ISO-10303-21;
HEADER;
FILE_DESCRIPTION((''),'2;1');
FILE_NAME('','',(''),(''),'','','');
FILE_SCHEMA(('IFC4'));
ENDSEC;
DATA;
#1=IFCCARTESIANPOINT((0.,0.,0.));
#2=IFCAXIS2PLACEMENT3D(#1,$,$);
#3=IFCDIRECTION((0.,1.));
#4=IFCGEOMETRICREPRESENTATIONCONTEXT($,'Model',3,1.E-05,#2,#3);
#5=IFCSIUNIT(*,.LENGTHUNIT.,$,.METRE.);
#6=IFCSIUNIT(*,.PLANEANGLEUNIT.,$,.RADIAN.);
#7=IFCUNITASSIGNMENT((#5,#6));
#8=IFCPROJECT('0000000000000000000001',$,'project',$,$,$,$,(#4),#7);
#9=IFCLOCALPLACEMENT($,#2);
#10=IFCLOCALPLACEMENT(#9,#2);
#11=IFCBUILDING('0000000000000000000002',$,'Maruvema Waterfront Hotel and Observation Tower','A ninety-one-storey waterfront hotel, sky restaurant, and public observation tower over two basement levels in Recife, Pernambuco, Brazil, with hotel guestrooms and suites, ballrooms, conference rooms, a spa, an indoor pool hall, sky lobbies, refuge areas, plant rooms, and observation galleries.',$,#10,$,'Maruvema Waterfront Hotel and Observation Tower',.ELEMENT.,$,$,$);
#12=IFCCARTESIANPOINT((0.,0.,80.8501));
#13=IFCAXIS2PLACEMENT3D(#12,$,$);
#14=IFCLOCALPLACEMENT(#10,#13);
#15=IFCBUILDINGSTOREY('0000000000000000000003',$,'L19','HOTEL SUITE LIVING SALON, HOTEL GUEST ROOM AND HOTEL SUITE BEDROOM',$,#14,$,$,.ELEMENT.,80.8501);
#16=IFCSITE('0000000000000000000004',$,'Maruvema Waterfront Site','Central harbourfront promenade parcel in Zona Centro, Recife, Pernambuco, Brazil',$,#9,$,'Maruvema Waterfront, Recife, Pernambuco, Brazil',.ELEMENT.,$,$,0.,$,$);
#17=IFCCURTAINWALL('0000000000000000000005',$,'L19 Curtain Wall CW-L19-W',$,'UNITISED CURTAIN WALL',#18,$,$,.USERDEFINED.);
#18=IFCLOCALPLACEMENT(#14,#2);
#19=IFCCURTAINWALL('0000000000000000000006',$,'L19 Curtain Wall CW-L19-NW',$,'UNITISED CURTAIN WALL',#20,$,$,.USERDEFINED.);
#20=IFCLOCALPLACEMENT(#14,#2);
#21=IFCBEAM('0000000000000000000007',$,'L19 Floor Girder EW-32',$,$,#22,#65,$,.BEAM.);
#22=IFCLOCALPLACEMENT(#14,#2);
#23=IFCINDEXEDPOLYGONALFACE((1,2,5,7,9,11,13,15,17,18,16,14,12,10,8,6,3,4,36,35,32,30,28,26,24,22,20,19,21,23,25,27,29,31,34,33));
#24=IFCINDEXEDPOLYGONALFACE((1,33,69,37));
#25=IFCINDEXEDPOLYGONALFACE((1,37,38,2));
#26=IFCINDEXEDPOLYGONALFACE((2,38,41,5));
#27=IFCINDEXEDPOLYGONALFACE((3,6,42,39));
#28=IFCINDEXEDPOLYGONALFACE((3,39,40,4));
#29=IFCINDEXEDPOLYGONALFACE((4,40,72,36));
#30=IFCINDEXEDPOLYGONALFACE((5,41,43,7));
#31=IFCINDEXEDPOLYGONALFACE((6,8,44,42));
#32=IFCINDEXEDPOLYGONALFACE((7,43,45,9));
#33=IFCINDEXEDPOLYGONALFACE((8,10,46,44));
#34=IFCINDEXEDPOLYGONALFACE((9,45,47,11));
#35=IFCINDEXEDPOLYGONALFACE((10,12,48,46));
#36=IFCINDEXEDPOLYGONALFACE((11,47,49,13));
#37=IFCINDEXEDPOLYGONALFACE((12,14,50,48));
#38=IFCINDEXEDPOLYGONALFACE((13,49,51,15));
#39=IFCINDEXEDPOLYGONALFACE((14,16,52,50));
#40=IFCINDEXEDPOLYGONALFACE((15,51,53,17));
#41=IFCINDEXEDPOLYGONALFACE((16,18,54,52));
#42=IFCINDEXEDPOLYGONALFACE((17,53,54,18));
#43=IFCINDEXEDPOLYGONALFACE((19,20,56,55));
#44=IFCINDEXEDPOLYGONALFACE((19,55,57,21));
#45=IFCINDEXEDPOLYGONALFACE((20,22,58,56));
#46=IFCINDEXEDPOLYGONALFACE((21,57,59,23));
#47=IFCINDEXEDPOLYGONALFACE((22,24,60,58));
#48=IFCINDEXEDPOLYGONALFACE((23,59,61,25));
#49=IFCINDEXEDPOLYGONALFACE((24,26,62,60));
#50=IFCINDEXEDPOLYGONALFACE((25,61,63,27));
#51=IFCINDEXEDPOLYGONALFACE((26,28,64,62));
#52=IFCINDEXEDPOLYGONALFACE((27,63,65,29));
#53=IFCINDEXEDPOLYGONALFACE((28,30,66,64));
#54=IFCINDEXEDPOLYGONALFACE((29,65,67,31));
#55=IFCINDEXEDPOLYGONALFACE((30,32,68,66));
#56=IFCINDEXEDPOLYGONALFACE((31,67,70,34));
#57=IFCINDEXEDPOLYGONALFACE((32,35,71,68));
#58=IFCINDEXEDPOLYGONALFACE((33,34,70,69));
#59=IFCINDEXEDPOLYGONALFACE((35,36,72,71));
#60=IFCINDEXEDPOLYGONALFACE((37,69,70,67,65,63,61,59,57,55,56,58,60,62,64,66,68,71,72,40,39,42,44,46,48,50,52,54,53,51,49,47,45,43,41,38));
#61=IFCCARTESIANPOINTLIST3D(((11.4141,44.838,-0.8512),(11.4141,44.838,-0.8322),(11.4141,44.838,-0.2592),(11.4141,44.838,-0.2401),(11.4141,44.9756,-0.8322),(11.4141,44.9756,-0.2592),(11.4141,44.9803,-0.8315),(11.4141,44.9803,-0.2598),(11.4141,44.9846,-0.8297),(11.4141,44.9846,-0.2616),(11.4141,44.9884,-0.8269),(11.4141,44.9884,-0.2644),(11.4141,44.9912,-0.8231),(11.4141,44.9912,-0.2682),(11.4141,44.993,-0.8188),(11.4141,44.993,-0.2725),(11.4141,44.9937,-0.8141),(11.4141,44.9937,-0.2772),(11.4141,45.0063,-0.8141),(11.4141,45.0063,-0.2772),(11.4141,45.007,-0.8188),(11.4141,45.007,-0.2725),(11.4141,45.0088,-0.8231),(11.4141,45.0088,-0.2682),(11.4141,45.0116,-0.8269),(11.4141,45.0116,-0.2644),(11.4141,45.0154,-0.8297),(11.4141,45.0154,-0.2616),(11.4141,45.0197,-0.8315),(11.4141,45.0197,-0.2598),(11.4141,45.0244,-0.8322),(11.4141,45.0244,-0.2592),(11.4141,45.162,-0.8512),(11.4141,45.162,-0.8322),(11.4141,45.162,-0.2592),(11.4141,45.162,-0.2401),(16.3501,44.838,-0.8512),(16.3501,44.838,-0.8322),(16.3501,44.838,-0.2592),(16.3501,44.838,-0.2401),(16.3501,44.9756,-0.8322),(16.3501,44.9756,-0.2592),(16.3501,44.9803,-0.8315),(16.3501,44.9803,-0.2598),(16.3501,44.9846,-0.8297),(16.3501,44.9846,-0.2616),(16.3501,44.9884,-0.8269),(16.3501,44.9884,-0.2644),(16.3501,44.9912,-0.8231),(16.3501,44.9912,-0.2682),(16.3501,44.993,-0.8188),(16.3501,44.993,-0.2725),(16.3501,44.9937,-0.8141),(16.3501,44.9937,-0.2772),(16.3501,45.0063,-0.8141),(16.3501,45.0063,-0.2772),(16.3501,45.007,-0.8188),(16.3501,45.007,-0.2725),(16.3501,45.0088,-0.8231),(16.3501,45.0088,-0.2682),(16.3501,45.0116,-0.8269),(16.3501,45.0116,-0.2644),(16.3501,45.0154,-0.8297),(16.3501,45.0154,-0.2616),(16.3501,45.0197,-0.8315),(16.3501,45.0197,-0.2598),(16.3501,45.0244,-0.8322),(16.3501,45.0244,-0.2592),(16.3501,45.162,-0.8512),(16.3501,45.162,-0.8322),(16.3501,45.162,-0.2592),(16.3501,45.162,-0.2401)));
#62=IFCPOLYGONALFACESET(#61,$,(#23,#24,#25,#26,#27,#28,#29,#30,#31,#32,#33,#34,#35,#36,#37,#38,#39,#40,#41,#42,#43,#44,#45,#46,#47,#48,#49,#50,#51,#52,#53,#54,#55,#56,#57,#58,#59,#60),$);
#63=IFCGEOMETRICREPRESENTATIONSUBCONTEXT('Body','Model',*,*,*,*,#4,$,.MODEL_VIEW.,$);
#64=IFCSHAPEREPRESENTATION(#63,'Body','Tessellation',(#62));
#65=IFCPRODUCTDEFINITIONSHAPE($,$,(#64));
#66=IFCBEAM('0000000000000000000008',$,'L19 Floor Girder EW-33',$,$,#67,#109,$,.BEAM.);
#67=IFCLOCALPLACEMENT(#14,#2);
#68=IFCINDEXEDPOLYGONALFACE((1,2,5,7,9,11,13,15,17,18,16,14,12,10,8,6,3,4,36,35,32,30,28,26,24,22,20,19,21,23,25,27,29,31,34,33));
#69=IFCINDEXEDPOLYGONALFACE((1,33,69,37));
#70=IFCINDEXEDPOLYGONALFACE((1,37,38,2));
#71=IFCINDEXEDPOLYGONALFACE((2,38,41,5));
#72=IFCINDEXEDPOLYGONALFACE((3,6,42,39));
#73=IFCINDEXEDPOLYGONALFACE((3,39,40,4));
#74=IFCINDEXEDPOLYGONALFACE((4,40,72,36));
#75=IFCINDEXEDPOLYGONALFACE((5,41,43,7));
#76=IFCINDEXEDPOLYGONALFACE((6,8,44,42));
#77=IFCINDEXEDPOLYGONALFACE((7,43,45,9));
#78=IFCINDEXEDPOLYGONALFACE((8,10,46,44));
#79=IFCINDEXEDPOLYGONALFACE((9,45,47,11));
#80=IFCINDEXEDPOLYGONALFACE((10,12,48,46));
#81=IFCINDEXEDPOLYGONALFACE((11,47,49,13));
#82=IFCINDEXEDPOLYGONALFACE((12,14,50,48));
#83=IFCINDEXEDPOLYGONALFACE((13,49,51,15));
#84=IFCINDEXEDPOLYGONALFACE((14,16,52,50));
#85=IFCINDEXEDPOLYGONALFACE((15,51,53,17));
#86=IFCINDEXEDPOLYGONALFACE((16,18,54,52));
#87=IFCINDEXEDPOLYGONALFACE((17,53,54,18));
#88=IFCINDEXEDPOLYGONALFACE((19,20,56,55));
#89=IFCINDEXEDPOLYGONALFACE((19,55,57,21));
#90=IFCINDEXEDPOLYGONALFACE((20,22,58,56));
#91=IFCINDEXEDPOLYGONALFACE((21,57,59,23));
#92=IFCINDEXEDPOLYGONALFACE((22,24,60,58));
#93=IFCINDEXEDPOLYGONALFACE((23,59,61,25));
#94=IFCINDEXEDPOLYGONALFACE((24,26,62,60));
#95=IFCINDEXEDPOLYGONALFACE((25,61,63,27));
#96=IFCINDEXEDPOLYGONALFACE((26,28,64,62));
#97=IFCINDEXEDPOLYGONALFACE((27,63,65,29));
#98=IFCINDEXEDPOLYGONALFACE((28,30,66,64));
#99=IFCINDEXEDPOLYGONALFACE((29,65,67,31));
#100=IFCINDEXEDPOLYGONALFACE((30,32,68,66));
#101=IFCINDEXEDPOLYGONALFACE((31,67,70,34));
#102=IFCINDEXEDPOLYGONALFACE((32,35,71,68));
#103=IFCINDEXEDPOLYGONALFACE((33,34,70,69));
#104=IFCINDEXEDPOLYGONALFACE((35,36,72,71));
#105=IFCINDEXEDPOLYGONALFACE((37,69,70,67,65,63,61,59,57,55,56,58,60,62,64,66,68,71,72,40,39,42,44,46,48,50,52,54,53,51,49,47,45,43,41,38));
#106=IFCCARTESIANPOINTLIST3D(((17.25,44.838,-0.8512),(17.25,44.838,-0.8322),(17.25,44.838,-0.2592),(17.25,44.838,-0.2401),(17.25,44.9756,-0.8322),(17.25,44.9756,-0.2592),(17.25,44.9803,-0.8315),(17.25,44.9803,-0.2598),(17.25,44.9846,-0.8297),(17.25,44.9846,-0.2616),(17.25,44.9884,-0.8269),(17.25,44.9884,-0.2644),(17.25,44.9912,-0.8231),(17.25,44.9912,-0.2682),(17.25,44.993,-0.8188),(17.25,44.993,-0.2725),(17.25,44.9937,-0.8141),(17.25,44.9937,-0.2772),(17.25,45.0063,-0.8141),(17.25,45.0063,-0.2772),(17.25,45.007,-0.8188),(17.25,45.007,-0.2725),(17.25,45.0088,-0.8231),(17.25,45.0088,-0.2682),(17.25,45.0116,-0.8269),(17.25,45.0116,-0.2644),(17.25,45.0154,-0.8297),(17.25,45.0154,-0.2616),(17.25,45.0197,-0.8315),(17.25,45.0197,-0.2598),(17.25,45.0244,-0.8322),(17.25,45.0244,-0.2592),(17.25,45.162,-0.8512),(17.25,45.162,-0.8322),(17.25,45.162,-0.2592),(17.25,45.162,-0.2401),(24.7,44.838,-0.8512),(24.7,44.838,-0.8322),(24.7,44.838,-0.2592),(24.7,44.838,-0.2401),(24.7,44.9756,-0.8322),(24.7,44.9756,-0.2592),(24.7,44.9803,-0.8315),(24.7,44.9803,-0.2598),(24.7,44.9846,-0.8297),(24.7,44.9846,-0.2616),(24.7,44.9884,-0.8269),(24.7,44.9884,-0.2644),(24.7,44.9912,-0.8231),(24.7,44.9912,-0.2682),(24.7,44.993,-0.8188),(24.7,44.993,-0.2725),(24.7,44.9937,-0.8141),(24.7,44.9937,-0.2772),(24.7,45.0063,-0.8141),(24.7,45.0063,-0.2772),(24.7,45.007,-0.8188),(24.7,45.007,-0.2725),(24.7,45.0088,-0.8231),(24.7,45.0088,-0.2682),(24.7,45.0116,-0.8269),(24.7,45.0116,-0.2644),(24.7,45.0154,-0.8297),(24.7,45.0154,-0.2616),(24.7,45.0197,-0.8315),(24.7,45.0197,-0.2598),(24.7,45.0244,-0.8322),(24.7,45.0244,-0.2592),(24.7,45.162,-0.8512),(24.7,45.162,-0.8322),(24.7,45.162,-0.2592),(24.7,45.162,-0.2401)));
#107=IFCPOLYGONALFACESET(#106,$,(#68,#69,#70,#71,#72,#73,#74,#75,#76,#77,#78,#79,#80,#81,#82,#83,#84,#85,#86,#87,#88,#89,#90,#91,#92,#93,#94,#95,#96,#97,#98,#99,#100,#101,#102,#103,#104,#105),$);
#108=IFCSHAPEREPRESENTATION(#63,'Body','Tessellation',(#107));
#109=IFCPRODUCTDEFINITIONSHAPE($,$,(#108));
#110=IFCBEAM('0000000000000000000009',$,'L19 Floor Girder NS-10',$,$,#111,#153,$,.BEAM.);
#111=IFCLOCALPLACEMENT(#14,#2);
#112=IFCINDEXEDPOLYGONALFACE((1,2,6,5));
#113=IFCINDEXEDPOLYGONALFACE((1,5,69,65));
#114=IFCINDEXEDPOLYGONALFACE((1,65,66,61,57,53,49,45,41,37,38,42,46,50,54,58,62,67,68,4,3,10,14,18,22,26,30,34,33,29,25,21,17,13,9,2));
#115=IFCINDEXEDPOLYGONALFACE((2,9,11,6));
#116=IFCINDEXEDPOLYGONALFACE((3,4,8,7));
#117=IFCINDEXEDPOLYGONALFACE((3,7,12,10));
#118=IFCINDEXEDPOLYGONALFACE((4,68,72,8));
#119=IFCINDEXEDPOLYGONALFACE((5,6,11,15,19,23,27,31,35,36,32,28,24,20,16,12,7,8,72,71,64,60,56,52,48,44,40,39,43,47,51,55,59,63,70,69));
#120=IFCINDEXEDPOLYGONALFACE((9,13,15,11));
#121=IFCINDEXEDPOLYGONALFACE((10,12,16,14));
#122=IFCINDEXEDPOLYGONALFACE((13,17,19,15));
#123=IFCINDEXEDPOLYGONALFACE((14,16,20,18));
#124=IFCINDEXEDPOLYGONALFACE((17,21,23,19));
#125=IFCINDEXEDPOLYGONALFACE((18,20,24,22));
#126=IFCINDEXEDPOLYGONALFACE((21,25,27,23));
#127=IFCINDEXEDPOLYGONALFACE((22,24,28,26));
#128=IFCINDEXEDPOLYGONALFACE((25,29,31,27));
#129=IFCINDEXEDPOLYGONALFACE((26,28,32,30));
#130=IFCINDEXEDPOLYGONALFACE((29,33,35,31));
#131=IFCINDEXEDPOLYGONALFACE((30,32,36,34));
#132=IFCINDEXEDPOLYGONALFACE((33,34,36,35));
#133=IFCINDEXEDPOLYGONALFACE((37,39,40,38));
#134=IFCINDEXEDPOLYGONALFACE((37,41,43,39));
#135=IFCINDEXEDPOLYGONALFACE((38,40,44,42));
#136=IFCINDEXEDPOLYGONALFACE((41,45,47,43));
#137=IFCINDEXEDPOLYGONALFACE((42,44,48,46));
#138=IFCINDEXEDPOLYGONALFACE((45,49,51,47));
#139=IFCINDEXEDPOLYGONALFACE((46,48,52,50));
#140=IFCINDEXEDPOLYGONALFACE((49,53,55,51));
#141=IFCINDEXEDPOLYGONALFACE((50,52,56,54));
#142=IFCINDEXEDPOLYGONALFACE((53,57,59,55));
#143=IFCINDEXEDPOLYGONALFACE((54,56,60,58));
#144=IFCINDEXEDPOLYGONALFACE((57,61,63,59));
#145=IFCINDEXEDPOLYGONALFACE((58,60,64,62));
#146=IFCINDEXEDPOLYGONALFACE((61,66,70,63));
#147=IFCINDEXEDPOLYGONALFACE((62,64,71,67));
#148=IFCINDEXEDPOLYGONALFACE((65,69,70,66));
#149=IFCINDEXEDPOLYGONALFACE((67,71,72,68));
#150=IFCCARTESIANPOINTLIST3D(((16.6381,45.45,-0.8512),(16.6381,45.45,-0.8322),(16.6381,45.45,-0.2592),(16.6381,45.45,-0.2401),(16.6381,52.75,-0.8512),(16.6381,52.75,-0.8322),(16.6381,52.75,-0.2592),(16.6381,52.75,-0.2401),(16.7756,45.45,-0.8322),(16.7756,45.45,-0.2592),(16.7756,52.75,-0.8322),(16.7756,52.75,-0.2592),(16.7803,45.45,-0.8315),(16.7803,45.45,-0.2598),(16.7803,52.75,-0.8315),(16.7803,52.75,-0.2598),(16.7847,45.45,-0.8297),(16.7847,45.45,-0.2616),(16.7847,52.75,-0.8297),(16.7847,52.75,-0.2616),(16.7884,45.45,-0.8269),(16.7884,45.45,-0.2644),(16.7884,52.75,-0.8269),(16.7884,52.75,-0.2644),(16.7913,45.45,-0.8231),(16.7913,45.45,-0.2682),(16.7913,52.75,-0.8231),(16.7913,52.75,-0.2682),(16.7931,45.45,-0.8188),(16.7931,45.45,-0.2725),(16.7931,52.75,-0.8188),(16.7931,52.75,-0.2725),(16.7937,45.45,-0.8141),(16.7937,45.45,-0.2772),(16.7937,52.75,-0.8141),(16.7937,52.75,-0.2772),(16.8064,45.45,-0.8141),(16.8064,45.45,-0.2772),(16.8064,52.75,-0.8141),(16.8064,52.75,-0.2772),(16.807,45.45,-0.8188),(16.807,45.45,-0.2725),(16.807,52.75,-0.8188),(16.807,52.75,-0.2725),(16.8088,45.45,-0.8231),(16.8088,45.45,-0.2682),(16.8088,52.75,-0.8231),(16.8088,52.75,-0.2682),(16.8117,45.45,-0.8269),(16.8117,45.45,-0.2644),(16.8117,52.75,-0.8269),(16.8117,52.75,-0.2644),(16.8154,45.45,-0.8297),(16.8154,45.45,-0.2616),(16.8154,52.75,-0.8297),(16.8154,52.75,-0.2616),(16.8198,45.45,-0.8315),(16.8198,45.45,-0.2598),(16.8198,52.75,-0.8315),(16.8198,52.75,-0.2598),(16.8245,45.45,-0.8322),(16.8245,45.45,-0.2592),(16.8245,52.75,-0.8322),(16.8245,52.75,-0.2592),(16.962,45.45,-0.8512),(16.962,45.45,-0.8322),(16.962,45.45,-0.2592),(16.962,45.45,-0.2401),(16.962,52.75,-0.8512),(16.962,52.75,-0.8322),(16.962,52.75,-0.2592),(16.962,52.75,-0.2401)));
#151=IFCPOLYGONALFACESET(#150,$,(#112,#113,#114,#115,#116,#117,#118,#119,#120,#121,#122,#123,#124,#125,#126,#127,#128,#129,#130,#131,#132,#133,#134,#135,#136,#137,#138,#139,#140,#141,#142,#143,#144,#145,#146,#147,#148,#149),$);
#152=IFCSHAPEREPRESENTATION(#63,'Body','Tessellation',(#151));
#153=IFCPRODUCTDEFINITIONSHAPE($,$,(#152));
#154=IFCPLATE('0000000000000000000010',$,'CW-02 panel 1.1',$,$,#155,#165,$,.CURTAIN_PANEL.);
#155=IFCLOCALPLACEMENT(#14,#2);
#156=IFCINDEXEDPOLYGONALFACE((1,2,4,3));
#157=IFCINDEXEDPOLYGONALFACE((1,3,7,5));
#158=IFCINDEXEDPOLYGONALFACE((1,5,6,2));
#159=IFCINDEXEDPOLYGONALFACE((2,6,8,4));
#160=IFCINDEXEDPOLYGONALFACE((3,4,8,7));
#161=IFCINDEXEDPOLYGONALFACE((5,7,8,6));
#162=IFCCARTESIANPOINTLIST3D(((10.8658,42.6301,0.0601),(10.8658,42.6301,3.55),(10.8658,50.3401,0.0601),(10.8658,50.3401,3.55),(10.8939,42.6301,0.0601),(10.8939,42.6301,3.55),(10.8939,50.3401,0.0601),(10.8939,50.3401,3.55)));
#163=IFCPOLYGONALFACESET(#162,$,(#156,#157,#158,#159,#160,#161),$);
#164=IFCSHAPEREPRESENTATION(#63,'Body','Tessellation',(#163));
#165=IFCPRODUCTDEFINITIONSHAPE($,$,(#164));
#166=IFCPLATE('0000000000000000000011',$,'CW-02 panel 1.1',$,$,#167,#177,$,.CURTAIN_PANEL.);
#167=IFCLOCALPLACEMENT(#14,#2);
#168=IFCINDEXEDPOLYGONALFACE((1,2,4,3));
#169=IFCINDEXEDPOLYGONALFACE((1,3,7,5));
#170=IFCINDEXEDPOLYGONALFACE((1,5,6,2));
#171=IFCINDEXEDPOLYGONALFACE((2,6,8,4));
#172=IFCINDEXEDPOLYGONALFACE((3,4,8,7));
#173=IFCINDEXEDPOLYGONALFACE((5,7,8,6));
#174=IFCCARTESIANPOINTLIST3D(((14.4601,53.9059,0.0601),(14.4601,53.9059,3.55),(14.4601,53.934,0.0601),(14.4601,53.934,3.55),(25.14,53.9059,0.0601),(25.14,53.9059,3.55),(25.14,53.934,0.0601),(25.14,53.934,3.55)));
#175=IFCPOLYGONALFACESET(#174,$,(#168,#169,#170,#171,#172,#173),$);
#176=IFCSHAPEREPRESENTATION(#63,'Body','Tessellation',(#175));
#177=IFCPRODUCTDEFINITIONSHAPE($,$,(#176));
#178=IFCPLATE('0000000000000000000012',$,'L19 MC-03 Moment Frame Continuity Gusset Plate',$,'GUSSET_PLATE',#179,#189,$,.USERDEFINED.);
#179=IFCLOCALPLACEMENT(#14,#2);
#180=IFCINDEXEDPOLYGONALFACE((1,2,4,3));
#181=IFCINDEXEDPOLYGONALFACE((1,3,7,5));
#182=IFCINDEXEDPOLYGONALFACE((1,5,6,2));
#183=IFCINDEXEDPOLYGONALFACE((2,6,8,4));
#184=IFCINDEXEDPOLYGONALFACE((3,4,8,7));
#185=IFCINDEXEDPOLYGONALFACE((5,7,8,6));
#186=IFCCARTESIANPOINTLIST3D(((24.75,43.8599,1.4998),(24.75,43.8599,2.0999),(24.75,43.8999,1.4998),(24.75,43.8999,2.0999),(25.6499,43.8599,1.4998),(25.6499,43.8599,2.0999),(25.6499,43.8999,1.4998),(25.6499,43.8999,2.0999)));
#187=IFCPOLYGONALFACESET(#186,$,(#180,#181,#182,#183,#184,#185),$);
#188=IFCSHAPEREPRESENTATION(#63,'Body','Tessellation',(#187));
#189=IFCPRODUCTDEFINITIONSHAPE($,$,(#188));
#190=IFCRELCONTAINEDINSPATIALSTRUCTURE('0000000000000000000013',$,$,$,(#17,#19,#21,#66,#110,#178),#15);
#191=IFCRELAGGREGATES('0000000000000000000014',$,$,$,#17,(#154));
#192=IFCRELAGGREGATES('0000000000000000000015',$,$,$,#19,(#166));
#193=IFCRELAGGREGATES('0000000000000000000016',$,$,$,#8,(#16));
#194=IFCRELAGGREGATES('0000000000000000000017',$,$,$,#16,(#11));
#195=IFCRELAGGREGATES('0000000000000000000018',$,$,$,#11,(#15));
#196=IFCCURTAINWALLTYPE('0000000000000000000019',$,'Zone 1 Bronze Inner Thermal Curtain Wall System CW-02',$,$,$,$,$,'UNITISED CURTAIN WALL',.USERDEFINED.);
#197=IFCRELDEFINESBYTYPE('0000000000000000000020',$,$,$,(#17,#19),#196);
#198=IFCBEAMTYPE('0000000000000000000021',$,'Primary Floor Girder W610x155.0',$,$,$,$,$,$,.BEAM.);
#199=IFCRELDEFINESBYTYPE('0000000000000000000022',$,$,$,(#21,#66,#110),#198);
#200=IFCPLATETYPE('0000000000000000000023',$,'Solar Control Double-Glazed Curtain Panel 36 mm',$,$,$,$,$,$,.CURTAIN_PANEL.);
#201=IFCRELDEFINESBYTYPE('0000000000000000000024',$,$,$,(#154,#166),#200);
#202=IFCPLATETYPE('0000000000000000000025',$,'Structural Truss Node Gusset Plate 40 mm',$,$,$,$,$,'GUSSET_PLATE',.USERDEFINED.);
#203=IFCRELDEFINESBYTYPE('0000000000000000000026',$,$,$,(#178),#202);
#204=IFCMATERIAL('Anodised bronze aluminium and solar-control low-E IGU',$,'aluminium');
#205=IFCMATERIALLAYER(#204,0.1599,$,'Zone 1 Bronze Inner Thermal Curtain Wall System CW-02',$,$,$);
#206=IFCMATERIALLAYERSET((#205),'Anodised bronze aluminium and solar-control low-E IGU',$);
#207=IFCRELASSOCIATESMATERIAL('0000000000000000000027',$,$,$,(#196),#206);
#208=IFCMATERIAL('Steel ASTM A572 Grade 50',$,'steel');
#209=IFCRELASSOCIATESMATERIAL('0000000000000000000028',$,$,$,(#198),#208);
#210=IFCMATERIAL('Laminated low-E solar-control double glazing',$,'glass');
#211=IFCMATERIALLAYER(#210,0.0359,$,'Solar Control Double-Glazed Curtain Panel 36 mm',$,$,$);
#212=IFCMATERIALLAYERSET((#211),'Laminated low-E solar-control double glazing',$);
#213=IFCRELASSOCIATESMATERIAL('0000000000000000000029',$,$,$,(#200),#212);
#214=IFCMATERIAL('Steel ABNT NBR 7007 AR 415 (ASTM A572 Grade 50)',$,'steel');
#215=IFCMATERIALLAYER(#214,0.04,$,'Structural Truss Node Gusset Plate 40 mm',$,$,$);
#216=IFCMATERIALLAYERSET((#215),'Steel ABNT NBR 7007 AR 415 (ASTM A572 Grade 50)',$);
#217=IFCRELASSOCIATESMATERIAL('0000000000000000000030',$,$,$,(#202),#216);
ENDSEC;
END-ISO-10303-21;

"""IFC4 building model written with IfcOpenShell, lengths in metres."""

from ifc_helpers import new_model, si_unit, direction, frame, origin, origin_2d, place, context, subcontext, project, spatial, rectangle, i_section, extrude, material, layer, layer_set, material_profile, profile_set, type_object, element, aggregate, save


model = new_model("IFC4")

# Units and contexts
model_context = context("Model", 3, precision=1e-05, world=origin(), true_north=direction((0.0, 1.0)))
body_context = subcontext(model_context, "Body", "Model", "MODEL_VIEW")
ifc_project = project(units=[si_unit("LENGTHUNIT", "METRE"), si_unit("PLANEANGLEUNIT", "RADIAN")], contexts=[model_context])

# Site, building, storey
site_placement = place(None, origin())
site = spatial("IfcSite", under=ifc_project, at=site_placement, Name="Maruvema Waterfront Site", Description="Central harbourfront promenade parcel in Zona Centro, Recife, Pernambuco, Brazil", LongName="Maruvema Waterfront, Recife, Pernambuco, Brazil", CompositionType="ELEMENT", RefElevation=0.0)
building_placement = place(site_placement, origin())
building = spatial("IfcBuilding", under=site, at=building_placement, Name="Maruvema Waterfront Hotel and Observation Tower", Description="A ninety-one-storey waterfront hotel, sky restaurant, and public observation tower over two basement levels in Recife, Pernambuco, Brazil, with hotel guestrooms and suites, ballrooms, conference rooms, a spa, an indoor pool hall, sky lobbies, refuge areas, plant rooms, and observation galleries.", LongName="Maruvema Waterfront Hotel and Observation Tower", CompositionType="ELEMENT")
storey_placement = place(building_placement, frame((0.0, 0.0, 80.8501)))
storey = spatial("IfcBuildingStorey", under=building, at=storey_placement, Name="L19", Description="HOTEL SUITE LIVING SALON, HOTEL GUEST ROOM AND HOTEL SUITE BEDROOM", CompositionType="ELEMENT", Elevation=80.8501)

# Curtain walls
ifc_material_1 = material(Name="Anodised bronze aluminium and solar-control low-E IGU", Category="aluminium")
ifc_layer_1 = layer(ifc_material_1, 0.1599, Name="Zone 1 Bronze Inner Thermal Curtain Wall System CW-02")
ifc_layer_set_1 = layer_set([ifc_layer_1], Name="Anodised bronze aluminium and solar-control low-E IGU")
curtain_wall_type = type_object("IfcCurtainWallType", Name="Zone 1 Bronze Inner Thermal Curtain Wall System CW-02", ElementType="UNITISED CURTAIN WALL", PredefinedType="USERDEFINED", material=ifc_layer_set_1)
curtain_wall_1_placement = place(storey_placement, origin())
curtain_wall_1 = element("IfcCurtainWall", 1, at=curtain_wall_1_placement, inside=storey, type_object=curtain_wall_type, Name="L19 Curtain Wall CW-L19-W", ObjectType="UNITISED CURTAIN WALL", PredefinedType="USERDEFINED")
curtain_wall_2_placement = place(storey_placement, origin())
curtain_wall_2 = element("IfcCurtainWall", 2, at=curtain_wall_2_placement, inside=storey, type_object=curtain_wall_type, Name="L19 Curtain Wall CW-L19-NW", ObjectType="UNITISED CURTAIN WALL", PredefinedType="USERDEFINED")

# Beams
ifc_material_2 = material(Name="Steel ASTM A572 Grade 50", Category="steel")
ifc_material_profile_1 = material_profile(ifc_material_2, i_section(OverallWidth=0.324, OverallDepth=0.6111, WebThickness=0.0127, FlangeThickness=0.019, FilletRadius=0.0181, at=origin_2d()), Name="W610x155.0")
ifc_profile_set_1 = profile_set([ifc_material_profile_1], Name="Steel ASTM A572 Grade 50")
beam_type = type_object("IfcBeamType", Name="Primary Floor Girder W610x155.0", PredefinedType="BEAM", material=ifc_profile_set_1)
beam_1_placement = place(storey_placement, frame((11.4141, 45.0, -0.5457), z_axis=(1.0, 0.0, 0.0), x_axis=(0.0, 1.0, 0.0)))
element("IfcBeam", 3, at=beam_1_placement, inside=storey, type_object=beam_type, Name="L19 Floor Girder EW-32", PredefinedType="BEAM", context=body_context, shape_type="SweptSolid", body=[
    extrude(i_section(OverallWidth=0.324, OverallDepth=0.6111, WebThickness=0.0127, FlangeThickness=0.019, FilletRadius=0.0181, at=origin_2d()), origin(), (0.0, 0.0, 1.0), 4.936),
])
beam_2_placement = place(storey_placement, frame((17.25, 45.0, -0.5457), z_axis=(1.0, 0.0, 0.0), x_axis=(0.0, 1.0, 0.0)))
element("IfcBeam", 4, at=beam_2_placement, inside=storey, type_object=beam_type, Name="L19 Floor Girder EW-33", PredefinedType="BEAM", context=body_context, shape_type="SweptSolid", body=[
    extrude(i_section(OverallWidth=0.324, OverallDepth=0.6111, WebThickness=0.0127, FlangeThickness=0.019, FilletRadius=0.0181, at=origin_2d()), origin(), (0.0, 0.0, 1.0), 7.45),
])
beam_3_placement = place(storey_placement, frame((16.8, 45.45, -0.5457), z_axis=(0.0, 1.0, 0.0), x_axis=(-1.0, 0.0, 0.0)))
element("IfcBeam", 5, at=beam_3_placement, inside=storey, type_object=beam_type, Name="L19 Floor Girder NS-10", PredefinedType="BEAM", context=body_context, shape_type="SweptSolid", body=[
    extrude(i_section(OverallWidth=0.324, OverallDepth=0.6111, WebThickness=0.0127, FlangeThickness=0.019, FilletRadius=0.0181, at=origin_2d()), origin(), (0.0, 0.0, 1.0), 7.3),
])

# Plates
ifc_material_3 = material(Name="Laminated low-E solar-control double glazing", Category="glass")
ifc_layer_2 = layer(ifc_material_3, 0.0359, Name="Solar Control Double-Glazed Curtain Panel 36 mm")
ifc_layer_set_2 = layer_set([ifc_layer_2], Name="Laminated low-E solar-control double glazing")
plate_type_1 = type_object("IfcPlateType", Name="Solar Control Double-Glazed Curtain Panel 36 mm", PredefinedType="CURTAIN_PANEL", material=ifc_layer_set_2)
plate_1_placement = place(storey_placement, frame((10.8799, 46.4851, 0.0601), z_axis=(0.0, 0.0, 1.0), x_axis=(0.0, -1.0, 0.0)))
plate_1 = element("IfcPlate", 6, at=plate_1_placement, type_object=plate_type_1, Name="CW-02 panel 1.1", PredefinedType="CURTAIN_PANEL", context=body_context, shape_type="SweptSolid", body=[
    extrude(rectangle(XDim=7.71, YDim=0.0281, at=origin_2d()), origin(), (0.0, 0.0, 1.0), 3.49),
])
aggregate(curtain_wall_1, [plate_1])
plate_2_placement = place(storey_placement, frame((19.8, 53.9199, 0.0601), z_axis=(0.0, 0.0, 1.0), x_axis=(-1.0, 0.0, 0.0)))
plate_2 = element("IfcPlate", 7, at=plate_2_placement, type_object=plate_type_1, Name="CW-02 panel 1.1", PredefinedType="CURTAIN_PANEL", context=body_context, shape_type="SweptSolid", body=[
    extrude(rectangle(XDim=10.6799, YDim=0.0281, at=origin_2d()), origin(), (0.0, 0.0, 1.0), 3.49),
])
aggregate(curtain_wall_2, [plate_2])
ifc_material_4 = material(Name="Steel ABNT NBR 7007 AR 415 (ASTM A572 Grade 50)", Category="steel")
ifc_layer_3 = layer(ifc_material_4, 0.04, Name="Structural Truss Node Gusset Plate 40 mm")
ifc_layer_set_3 = layer_set([ifc_layer_3], Name="Steel ABNT NBR 7007 AR 415 (ASTM A572 Grade 50)")
plate_type_2 = type_object("IfcPlateType", Name="Structural Truss Node Gusset Plate 40 mm", ElementType="GUSSET_PLATE", PredefinedType="USERDEFINED", material=ifc_layer_set_3)
plate_3_placement = place(storey_placement, frame((25.2, 43.8799, 1.4998), z_axis=(0.0, 0.0, 1.0), x_axis=(1.0, 0.0, 0.0)))
element("IfcPlate", 8, at=plate_3_placement, inside=storey, type_object=plate_type_2, Name="L19 MC-03 Moment Frame Continuity Gusset Plate", ObjectType="GUSSET_PLATE", PredefinedType="USERDEFINED", context=body_context, shape_type="SweptSolid", body=[
    extrude(rectangle(XDim=0.8999, YDim=0.04, at=origin_2d()), origin(), (0.0, 0.0, 1.0), 0.6001),
])

save(model, "model.ifc")
